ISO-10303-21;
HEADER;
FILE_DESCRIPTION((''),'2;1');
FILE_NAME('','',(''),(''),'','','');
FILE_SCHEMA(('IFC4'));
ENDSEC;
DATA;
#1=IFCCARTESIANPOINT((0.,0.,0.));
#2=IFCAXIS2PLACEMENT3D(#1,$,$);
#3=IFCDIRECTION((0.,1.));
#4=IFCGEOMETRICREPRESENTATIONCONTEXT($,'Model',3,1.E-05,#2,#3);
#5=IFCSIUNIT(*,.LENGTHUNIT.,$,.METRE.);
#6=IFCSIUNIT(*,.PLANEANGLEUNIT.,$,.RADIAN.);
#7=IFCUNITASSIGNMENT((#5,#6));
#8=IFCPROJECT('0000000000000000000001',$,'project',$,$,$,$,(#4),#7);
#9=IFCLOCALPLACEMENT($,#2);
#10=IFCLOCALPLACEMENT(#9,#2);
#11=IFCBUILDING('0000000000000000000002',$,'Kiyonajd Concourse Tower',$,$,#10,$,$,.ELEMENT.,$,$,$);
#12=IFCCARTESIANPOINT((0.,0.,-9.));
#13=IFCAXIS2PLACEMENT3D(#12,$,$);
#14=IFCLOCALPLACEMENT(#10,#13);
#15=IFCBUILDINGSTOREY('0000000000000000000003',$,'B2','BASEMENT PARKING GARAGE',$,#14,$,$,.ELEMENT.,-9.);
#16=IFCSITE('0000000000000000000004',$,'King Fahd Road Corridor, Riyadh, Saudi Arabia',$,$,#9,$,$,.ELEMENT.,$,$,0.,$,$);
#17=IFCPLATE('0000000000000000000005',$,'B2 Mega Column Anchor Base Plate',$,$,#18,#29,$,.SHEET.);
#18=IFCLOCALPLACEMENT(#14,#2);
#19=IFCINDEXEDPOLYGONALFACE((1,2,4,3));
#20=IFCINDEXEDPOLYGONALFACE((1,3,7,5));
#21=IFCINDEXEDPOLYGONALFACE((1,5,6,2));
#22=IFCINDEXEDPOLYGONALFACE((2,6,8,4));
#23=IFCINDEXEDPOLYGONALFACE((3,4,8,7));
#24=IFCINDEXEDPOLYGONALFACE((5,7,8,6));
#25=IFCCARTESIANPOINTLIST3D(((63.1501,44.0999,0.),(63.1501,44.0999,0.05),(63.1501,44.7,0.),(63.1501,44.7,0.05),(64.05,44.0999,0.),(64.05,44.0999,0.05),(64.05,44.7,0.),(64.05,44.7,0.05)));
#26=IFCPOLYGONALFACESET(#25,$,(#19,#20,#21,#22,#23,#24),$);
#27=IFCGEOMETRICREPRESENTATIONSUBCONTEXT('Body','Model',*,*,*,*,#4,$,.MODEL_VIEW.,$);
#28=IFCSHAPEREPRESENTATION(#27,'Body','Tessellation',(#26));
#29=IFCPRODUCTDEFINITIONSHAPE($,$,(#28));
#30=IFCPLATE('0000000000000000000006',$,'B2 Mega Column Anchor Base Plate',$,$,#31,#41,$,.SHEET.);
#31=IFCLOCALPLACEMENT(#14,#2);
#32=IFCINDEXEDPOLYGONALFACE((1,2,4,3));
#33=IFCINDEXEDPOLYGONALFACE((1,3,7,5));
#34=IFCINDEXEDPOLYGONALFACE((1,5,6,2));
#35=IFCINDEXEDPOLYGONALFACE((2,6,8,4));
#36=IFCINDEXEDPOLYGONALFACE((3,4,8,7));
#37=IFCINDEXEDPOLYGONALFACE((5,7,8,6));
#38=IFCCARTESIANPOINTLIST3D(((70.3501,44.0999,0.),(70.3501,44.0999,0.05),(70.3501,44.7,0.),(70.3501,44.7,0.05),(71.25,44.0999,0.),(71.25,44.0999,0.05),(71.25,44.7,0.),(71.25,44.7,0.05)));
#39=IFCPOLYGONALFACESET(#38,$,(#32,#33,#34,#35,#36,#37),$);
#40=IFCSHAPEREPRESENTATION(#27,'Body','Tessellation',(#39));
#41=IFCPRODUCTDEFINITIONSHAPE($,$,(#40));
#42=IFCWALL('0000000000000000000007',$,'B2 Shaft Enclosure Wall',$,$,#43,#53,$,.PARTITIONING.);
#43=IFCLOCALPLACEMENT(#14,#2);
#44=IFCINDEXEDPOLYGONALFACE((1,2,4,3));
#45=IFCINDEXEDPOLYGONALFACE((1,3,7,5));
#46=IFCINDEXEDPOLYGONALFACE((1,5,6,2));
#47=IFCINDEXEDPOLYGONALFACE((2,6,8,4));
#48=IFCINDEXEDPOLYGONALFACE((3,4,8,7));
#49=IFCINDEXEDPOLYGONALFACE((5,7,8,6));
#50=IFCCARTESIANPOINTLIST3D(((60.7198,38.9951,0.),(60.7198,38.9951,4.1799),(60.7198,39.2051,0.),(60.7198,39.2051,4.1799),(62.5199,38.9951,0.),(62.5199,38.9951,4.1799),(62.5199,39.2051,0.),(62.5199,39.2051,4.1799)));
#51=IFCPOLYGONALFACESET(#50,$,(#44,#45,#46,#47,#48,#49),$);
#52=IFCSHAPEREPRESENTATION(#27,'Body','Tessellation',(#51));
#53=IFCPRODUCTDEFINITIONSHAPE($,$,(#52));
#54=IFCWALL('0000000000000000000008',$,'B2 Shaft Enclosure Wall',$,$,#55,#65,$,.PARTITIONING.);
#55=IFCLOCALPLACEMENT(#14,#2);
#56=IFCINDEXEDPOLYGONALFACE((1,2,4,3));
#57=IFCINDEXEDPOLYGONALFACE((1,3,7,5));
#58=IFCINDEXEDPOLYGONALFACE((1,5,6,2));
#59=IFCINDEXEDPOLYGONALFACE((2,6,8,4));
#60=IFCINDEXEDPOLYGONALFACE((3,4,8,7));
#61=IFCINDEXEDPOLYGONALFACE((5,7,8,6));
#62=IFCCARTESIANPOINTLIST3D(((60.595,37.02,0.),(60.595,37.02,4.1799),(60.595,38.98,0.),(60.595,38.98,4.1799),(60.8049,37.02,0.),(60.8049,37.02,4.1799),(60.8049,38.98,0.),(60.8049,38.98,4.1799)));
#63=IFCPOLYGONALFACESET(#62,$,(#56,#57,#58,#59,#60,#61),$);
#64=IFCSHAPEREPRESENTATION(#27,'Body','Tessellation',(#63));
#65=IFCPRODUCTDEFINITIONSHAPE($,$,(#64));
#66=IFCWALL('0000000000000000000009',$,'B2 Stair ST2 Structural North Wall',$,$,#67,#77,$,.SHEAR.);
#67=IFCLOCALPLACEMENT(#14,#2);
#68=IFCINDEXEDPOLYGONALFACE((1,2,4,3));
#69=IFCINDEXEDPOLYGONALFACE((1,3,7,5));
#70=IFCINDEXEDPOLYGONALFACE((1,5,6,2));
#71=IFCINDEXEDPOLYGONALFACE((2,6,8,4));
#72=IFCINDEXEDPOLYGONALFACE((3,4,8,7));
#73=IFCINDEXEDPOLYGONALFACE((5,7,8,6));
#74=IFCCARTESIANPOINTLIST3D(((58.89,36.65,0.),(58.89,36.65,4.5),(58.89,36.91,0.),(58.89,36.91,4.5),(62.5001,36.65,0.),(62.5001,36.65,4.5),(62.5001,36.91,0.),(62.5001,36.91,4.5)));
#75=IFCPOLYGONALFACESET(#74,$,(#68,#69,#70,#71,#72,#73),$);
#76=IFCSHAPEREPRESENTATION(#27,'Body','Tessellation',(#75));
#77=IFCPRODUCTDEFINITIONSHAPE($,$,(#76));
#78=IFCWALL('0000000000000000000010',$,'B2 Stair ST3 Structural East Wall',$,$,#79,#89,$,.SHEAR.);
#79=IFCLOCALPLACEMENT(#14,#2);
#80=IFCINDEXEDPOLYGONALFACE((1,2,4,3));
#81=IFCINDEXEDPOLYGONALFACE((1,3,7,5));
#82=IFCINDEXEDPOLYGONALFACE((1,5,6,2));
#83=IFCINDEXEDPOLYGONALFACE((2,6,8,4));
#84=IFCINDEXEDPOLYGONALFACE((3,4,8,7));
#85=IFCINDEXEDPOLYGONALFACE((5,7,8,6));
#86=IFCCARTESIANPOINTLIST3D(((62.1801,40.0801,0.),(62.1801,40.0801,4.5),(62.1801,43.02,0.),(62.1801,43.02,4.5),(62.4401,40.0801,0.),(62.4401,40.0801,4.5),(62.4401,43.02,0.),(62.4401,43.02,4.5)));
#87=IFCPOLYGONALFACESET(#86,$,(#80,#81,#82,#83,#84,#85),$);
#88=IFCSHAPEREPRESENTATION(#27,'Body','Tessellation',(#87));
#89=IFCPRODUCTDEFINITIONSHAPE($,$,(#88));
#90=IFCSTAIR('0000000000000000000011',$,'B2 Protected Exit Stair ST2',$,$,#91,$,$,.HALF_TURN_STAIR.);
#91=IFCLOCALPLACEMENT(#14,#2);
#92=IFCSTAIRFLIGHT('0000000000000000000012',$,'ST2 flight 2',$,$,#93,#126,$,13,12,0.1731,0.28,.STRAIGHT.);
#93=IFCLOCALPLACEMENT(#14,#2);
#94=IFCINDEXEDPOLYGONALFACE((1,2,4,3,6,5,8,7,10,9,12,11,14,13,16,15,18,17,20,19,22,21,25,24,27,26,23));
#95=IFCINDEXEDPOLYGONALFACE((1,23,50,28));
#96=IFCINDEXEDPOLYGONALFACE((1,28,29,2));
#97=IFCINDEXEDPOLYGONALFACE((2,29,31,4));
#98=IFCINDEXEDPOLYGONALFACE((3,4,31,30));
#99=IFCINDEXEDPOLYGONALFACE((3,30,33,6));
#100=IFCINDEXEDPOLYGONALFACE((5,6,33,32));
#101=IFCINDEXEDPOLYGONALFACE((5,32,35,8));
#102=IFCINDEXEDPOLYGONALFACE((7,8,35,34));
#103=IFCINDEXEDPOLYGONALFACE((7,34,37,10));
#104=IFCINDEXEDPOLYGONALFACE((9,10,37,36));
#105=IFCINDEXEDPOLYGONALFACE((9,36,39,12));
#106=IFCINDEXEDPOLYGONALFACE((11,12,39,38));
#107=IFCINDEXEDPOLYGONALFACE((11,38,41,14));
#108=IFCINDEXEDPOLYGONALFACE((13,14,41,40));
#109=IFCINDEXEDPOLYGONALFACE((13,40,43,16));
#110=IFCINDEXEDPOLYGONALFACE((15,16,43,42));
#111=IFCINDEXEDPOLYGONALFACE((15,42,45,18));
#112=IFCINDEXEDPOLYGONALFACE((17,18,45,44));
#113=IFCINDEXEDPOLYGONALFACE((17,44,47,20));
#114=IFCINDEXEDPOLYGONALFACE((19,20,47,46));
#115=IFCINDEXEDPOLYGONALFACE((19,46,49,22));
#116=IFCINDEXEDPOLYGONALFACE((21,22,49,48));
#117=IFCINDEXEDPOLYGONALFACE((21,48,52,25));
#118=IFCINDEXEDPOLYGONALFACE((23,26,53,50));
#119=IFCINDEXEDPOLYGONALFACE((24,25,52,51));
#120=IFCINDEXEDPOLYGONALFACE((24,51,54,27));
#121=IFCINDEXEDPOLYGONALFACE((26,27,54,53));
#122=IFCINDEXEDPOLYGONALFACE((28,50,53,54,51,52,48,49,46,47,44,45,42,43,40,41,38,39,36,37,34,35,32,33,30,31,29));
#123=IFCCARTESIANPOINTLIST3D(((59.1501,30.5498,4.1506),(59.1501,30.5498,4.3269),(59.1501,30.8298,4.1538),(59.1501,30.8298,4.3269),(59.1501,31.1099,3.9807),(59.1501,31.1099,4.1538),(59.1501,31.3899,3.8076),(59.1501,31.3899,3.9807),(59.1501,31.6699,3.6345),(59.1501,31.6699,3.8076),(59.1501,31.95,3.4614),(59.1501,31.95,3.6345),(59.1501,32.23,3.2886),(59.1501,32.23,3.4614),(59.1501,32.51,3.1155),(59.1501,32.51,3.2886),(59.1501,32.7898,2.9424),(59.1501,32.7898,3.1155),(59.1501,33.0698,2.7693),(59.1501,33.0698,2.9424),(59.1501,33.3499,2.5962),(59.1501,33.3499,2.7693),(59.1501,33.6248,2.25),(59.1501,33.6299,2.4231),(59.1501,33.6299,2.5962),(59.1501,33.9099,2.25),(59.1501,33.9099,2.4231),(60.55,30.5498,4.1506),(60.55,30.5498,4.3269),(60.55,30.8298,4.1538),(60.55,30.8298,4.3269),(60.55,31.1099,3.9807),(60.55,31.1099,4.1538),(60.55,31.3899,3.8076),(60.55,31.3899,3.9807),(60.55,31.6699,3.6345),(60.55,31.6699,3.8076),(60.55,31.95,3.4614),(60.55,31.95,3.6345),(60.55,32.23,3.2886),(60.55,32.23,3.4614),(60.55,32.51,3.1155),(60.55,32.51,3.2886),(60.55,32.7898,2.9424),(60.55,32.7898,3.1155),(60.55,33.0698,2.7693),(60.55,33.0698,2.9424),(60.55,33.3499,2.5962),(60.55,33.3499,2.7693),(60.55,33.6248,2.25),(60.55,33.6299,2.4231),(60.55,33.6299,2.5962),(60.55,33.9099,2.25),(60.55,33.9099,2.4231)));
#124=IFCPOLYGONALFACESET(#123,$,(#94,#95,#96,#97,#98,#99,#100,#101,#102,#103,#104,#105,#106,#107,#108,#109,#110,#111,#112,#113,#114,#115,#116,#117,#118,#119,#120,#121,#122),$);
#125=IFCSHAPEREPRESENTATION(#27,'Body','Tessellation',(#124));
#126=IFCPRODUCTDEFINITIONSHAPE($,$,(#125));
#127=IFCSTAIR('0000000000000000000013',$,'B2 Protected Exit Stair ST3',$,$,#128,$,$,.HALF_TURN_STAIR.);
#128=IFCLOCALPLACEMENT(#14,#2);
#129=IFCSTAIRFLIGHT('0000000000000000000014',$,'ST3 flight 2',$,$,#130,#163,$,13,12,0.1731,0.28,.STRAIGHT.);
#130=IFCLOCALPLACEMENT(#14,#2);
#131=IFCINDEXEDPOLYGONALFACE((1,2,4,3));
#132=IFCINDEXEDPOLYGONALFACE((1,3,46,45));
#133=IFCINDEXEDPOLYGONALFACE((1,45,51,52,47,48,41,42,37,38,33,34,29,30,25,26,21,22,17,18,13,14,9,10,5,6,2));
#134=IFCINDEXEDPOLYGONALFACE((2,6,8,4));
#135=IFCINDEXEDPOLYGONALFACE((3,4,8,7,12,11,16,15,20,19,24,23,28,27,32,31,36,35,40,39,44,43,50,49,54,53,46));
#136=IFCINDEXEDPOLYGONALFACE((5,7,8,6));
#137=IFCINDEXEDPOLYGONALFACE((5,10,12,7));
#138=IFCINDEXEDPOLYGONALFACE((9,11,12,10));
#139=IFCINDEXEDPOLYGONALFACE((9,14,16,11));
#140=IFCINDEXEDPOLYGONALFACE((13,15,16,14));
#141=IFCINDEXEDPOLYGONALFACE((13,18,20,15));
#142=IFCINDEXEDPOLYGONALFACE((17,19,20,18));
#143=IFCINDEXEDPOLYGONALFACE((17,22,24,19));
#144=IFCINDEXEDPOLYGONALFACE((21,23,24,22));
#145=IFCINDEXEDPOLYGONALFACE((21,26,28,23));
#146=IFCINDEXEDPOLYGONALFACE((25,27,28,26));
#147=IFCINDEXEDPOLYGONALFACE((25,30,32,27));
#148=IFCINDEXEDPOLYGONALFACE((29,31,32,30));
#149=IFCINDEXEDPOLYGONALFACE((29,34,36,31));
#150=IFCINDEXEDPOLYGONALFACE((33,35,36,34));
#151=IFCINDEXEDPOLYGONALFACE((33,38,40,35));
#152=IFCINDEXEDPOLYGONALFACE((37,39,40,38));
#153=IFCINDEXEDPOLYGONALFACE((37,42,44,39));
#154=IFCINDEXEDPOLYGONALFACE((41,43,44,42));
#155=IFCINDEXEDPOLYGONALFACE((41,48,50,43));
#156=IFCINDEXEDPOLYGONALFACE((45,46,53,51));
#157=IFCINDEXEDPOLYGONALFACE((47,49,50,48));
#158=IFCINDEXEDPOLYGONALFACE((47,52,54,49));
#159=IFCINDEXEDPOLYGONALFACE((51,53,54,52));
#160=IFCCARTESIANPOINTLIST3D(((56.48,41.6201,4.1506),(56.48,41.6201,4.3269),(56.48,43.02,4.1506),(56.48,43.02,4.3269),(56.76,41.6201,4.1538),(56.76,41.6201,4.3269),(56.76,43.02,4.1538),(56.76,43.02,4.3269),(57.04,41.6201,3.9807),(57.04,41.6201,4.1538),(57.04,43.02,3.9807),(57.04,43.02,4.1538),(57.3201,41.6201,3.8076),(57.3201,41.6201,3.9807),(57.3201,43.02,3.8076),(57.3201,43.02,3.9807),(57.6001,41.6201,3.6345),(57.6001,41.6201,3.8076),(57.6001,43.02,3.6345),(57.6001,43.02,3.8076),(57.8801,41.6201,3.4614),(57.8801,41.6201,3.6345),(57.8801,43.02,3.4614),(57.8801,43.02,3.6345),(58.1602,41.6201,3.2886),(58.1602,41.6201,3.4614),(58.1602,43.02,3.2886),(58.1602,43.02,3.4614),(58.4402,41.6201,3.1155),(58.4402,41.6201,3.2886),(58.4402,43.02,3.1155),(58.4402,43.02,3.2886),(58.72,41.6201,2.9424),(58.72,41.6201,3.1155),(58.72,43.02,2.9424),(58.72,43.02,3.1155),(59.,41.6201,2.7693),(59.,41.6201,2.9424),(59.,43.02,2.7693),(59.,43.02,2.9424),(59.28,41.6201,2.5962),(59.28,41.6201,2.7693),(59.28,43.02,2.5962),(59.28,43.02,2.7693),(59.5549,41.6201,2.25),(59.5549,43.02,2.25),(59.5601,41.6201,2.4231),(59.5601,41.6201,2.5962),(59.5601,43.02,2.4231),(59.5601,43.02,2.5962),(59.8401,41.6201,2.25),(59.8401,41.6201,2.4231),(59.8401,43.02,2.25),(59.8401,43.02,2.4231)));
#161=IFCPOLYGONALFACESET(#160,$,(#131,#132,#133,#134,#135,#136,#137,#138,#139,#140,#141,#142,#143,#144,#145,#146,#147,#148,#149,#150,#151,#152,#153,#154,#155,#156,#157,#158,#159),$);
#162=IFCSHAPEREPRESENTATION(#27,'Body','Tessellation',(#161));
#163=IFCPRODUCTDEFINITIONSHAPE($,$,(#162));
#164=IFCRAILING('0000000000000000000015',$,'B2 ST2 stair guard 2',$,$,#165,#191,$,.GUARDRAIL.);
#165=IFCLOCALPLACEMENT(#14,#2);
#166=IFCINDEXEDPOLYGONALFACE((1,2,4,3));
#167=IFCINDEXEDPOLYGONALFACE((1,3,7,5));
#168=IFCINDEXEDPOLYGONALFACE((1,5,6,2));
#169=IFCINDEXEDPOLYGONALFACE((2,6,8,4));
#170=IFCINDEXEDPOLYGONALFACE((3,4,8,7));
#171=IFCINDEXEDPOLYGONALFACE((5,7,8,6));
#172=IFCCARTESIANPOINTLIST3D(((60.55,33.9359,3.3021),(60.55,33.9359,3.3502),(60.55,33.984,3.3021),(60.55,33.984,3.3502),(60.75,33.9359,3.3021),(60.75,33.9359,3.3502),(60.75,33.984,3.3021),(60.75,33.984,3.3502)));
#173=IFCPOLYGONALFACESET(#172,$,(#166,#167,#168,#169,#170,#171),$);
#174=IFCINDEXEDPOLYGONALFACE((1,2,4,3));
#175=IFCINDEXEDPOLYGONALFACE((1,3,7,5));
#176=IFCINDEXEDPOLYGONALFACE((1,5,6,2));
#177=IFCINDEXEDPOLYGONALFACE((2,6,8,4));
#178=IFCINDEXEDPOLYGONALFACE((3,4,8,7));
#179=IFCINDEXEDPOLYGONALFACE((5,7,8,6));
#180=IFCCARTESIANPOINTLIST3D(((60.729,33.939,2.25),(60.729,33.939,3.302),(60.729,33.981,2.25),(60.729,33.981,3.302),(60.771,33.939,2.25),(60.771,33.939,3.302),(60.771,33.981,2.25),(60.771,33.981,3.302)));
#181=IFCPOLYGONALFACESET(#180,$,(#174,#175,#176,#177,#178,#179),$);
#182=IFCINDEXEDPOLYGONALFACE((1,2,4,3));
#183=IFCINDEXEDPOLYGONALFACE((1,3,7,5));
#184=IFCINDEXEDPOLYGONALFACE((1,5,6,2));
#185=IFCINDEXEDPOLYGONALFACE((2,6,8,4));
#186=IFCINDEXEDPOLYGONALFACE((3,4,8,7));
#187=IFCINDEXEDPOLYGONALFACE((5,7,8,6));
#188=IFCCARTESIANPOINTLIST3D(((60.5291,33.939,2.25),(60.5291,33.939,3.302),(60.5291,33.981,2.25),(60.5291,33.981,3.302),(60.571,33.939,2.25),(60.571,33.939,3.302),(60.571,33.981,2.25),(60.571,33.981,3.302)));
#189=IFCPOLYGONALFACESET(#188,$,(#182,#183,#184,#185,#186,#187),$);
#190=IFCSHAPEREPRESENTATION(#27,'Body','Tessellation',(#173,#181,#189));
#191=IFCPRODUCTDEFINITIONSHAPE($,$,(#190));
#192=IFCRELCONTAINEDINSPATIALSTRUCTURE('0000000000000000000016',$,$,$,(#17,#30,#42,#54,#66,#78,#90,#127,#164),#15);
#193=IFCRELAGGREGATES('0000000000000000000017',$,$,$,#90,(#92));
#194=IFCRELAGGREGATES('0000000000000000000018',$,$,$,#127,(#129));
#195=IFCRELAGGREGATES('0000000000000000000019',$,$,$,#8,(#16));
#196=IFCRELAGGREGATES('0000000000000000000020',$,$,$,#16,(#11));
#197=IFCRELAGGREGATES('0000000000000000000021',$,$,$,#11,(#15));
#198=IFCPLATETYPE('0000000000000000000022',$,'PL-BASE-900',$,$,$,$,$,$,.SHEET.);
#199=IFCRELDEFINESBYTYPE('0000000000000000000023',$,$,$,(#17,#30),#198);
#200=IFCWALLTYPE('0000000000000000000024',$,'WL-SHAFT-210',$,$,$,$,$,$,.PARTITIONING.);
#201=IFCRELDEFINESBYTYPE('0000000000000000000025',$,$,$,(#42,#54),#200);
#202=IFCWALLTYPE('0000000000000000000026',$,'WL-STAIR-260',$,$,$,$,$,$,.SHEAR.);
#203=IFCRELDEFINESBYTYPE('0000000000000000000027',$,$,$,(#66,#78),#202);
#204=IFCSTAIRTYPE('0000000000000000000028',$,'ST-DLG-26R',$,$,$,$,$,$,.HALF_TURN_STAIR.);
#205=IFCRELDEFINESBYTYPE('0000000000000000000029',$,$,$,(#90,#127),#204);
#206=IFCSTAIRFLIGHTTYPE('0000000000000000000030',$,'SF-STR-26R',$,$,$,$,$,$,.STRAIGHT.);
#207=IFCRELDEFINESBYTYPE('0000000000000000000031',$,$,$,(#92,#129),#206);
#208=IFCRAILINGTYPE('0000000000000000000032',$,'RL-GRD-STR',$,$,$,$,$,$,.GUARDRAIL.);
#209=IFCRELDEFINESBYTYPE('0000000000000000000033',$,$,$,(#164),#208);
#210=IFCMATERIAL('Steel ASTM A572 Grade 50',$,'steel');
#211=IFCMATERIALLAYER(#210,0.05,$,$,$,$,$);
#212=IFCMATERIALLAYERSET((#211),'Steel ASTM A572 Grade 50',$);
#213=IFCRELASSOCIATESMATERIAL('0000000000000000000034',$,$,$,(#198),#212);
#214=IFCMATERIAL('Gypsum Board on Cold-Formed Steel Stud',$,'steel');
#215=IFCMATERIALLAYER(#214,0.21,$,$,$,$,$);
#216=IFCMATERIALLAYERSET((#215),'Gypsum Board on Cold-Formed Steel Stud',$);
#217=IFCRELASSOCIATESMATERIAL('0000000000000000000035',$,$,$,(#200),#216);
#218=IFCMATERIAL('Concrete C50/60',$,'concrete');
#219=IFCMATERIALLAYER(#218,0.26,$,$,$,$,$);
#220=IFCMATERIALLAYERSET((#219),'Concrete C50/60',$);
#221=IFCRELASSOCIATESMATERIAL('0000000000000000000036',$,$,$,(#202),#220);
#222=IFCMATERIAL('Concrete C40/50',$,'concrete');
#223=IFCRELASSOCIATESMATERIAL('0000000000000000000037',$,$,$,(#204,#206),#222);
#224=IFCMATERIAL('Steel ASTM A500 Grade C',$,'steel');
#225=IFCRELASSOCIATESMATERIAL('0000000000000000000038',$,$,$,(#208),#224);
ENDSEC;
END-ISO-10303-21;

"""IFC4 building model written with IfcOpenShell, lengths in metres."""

from ifc_helpers import new_model, si_unit, direction, frame, frame_2d, origin, origin_2d, place, context, subcontext, project, spatial, polyline, rectangle, outline, extrude, material, layer, layer_set, type_object, element, aggregate, save


model = new_model("IFC4")

# Units and contexts
model_context = context("Model", 3, precision=1e-05, world=origin(), true_north=direction((0.0, 1.0)))
body_context = subcontext(model_context, "Body", "Model", "MODEL_VIEW")
ifc_project = project(units=[si_unit("LENGTHUNIT", "METRE"), si_unit("PLANEANGLEUNIT", "RADIAN")], contexts=[model_context])

# Site, building, storey
site_placement = place(None, origin())
site = spatial("IfcSite", under=ifc_project, at=site_placement, Name="King Fahd Road Corridor, Riyadh, Saudi Arabia", CompositionType="ELEMENT", RefElevation=0.0)
building_placement = place(site_placement, origin())
building = spatial("IfcBuilding", under=site, at=building_placement, Name="Kiyonajd Concourse Tower", CompositionType="ELEMENT")
storey_placement = place(building_placement, frame((0.0, 0.0, -9.0)))
storey = spatial("IfcBuildingStorey", under=building, at=storey_placement, Name="B2", Description="BASEMENT PARKING GARAGE", CompositionType="ELEMENT", Elevation=-9.0)

# Shared definitions
ifc_material_1 = material(Name="Concrete C50/60", Category="concrete")

# Plates
ifc_material_2 = material(Name="Steel ASTM A572 Grade 50", Category="steel")
ifc_layer_1 = layer(ifc_material_2, 0.05)
ifc_layer_set_1 = layer_set([ifc_layer_1], Name="Steel ASTM A572 Grade 50")
plate_type = type_object("IfcPlateType", Name="PL-BASE-900", PredefinedType="SHEET", material=ifc_layer_set_1)
for number, where, z_axis, x_axis, name in (
    (1, (63.6001, 44.3999, 0.0), (0.0, 0.0, 1.0), (1.0, 0.0, 0.0), "B2 Mega Column Anchor Base Plate"),
    (2, (70.8, 44.3999, 0.0), (0.0, 0.0, 1.0), (1.0, 0.0, 0.0), "B2 Mega Column Anchor Base Plate"),
):
    element("IfcPlate", number, at=place(storey_placement, frame(where, z_axis=z_axis, x_axis=x_axis)), inside=storey, type_object=plate_type, Name=name, PredefinedType="SHEET", context=body_context, shape_type="SweptSolid", body=[
        extrude(rectangle(XDim=0.8999, YDim=0.6001, at=origin_2d()), origin(), (0.0, 0.0, 1.0), 0.05),
    ])

# Walls
ifc_material_3 = material(Name="Gypsum Board on Cold-Formed Steel Stud", Category="steel")
ifc_layer_2 = layer(ifc_material_3, 0.21)
ifc_layer_set_2 = layer_set([ifc_layer_2], Name="Gypsum Board on Cold-Formed Steel Stud")
wall_type_1 = type_object("IfcWallType", Name="WL-SHAFT-210", PredefinedType="PARTITIONING", material=ifc_layer_set_2)
wall_1_placement = place(storey_placement, frame((60.72, 39.1001, 0.0), z_axis=(0.0, 0.0, 1.0), x_axis=(1.0, 0.0, 0.0)))
element("IfcWall", 3, at=wall_1_placement, inside=storey, type_object=wall_type_1, Name="B2 Shaft Enclosure Wall", PredefinedType="PARTITIONING", context=body_context, shape_type="SweptSolid", body=[
    extrude(rectangle(XDim=1.8, YDim=0.21, at=frame_2d((0.8999, 0.0))), origin(), (0.0, 0.0, 1.0), 4.1799),
])
wall_2_placement = place(storey_placement, frame((60.7, 37.02, 0.0), z_axis=(0.0, 0.0, 1.0), x_axis=(0.0, 1.0, 0.0)))
element("IfcWall", 4, at=wall_2_placement, inside=storey, type_object=wall_type_1, Name="B2 Shaft Enclosure Wall", PredefinedType="PARTITIONING", context=body_context, shape_type="SweptSolid", body=[
    extrude(rectangle(XDim=1.96, YDim=0.21, at=frame_2d((0.98, 0.0))), origin(), (0.0, 0.0, 1.0), 4.1799),
])
ifc_layer_3 = layer(ifc_material_1, 0.26)
ifc_layer_set_3 = layer_set([ifc_layer_3], Name="Concrete C50/60")
wall_type_2 = type_object("IfcWallType", Name="WL-STAIR-260", PredefinedType="SHEAR", material=ifc_layer_set_3)
wall_3_placement = place(storey_placement, frame((58.8899, 36.78, 0.0), z_axis=(0.0, 0.0, 1.0), x_axis=(1.0, 0.0, 0.0)))
element("IfcWall", 5, at=wall_3_placement, inside=storey, type_object=wall_type_2, Name="B2 Stair ST2 Structural North Wall", PredefinedType="SHEAR", context=body_context, shape_type="SweptSolid", body=[
    extrude(rectangle(XDim=3.6101, YDim=0.26, at=frame_2d((1.8052, 0.0))), origin(), (0.0, 0.0, 1.0), 4.5),
])
wall_4_placement = place(storey_placement, frame((62.3101, 40.0801, 0.0), z_axis=(0.0, 0.0, 1.0), x_axis=(0.0, 1.0, 0.0)))
element("IfcWall", 6, at=wall_4_placement, inside=storey, type_object=wall_type_2, Name="B2 Stair ST3 Structural East Wall", PredefinedType="SHEAR", context=body_context, shape_type="SweptSolid", body=[
    extrude(rectangle(XDim=2.9399, YDim=0.26, at=frame_2d((1.47, 0.0))), origin(), (0.0, 0.0, 1.0), 4.5),
])

# Stairs, stair flights
ifc_material_4 = material(Name="Concrete C40/50", Category="concrete")
stair_type = type_object("IfcStairType", Name="ST-DLG-26R", PredefinedType="HALF_TURN_STAIR", material=ifc_material_4)
stair_1_placement = place(storey_placement, origin())
stair_1 = element("IfcStair", 7, at=stair_1_placement, inside=storey, type_object=stair_type, Name="B2 Protected Exit Stair ST2", PredefinedType="HALF_TURN_STAIR")
stair_flight_type = type_object("IfcStairFlightType", Name="SF-STR-26R", PredefinedType="STRAIGHT", material=ifc_material_4)
stair_flight_1_placement = place(storey_placement, frame((59.8501, 33.9099, 2.25), z_axis=(0.0, 0.0, 1.0), x_axis=(0.0, -1.0, 0.0)))
stair_flight_1 = element("IfcStairFlight", 8, at=stair_flight_1_placement, type_object=stair_flight_type, Name="ST2 flight 2", NumberOfRisers=13, NumberOfTreads=12, PredefinedType="STRAIGHT", RiserHeight=0.1731, TreadLength=0.28, context=body_context, shape_type="SweptSolid", body=[
    extrude(outline(polyline([(0.0, 0.0), (0.0, 0.1731), (0.28, 0.1731), (0.28, 0.3462), (0.5601, 0.3462), (0.5601, 0.5193), (0.8401, 0.5193), (0.8401, 0.6924), (1.1201, 0.6924), (1.1201, 0.8655), (1.3999, 0.8655), (1.3999, 1.0386), (1.6799, 1.0386), (1.6799, 1.2114), (1.96, 1.2114), (1.96, 1.3845), (2.24, 1.3845), (2.24, 1.5576), (2.52, 1.5576), (2.52, 1.7307), (2.8, 1.7307), (2.8, 1.9038), (3.0801, 1.9038), (3.0801, 2.0769), (3.3601, 2.0769), (3.3601, 2.25), (3.3601, 1.9006), (0.2852, 0.0), (0.0, 0.0)])), frame((0.0, 0.7, 0.0), z_axis=(0.0, -1.0, 0.0), x_axis=(1.0, 0.0, 0.0)), (0.0, 0.0, 1.0), 1.3999),
])
aggregate(stair_1, [stair_flight_1])
stair_2_placement = place(storey_placement, origin())
stair_2 = element("IfcStair", 9, at=stair_2_placement, inside=storey, type_object=stair_type, Name="B2 Protected Exit Stair ST3", PredefinedType="HALF_TURN_STAIR")
stair_flight_2_placement = place(storey_placement, frame((59.8401, 42.3201, 2.25), z_axis=(0.0, 0.0, 1.0), x_axis=(-1.0, 0.0, 0.0)))
stair_flight_2 = element("IfcStairFlight", 10, at=stair_flight_2_placement, type_object=stair_flight_type, Name="ST3 flight 2", NumberOfRisers=13, NumberOfTreads=12, PredefinedType="STRAIGHT", RiserHeight=0.1731, TreadLength=0.28, context=body_context, shape_type="SweptSolid", body=[
    extrude(outline(polyline([(0.0, 0.0), (0.0, 0.1731), (0.28, 0.1731), (0.28, 0.3462), (0.5601, 0.3462), (0.5601, 0.5193), (0.8401, 0.5193), (0.8401, 0.6924), (1.1201, 0.6924), (1.1201, 0.8655), (1.3999, 0.8655), (1.3999, 1.0386), (1.6799, 1.0386), (1.6799, 1.2114), (1.96, 1.2114), (1.96, 1.3845), (2.24, 1.3845), (2.24, 1.5576), (2.52, 1.5576), (2.52, 1.7307), (2.8, 1.7307), (2.8, 1.9038), (3.0801, 1.9038), (3.0801, 2.0769), (3.3601, 2.0769), (3.3601, 2.25), (3.3601, 1.9006), (0.2852, 0.0), (0.0, 0.0)])), frame((0.0, 0.7, 0.0), z_axis=(0.0, -1.0, 0.0), x_axis=(1.0, 0.0, 0.0)), (0.0, 0.0, 1.0), 1.3999),
])
aggregate(stair_2, [stair_flight_2])

# Railing
ifc_material_5 = material(Name="Steel ASTM A500 Grade C", Category="steel")
railing_type_1 = type_object("IfcRailingType", Name="RL-GRD-STR", PredefinedType="GUARDRAIL", material=ifc_material_5)
railing_1_placement = place(storey_placement, frame((60.75, 33.96, 2.25)))
element("IfcRailing", 11, at=railing_1_placement, inside=storey, type_object=railing_type_1, Name="B2 ST2 stair guard 2", PredefinedType="GUARDRAIL", context=body_context, shape_type="SweptSolid", body=[
    extrude(rectangle(XDim=0.0481, YDim=0.0481, at=origin_2d()), frame((0.0, 0.0, 1.0762), z_axis=(-1.0, 0.0, 0.0), x_axis=(0.0, -1.0, 0.0)), (0.0, 0.0, 1.0), 0.2),
    extrude(rectangle(XDim=0.042, YDim=0.042, at=origin_2d()), origin(), (0.0, 0.0, 1.0), 1.052),
    extrude(rectangle(XDim=0.042, YDim=0.042, at=origin_2d()), frame((-0.2, 0.0, 0.0)), (0.0, 0.0, 1.0), 1.052),
])

save(model, "model.ifc")
